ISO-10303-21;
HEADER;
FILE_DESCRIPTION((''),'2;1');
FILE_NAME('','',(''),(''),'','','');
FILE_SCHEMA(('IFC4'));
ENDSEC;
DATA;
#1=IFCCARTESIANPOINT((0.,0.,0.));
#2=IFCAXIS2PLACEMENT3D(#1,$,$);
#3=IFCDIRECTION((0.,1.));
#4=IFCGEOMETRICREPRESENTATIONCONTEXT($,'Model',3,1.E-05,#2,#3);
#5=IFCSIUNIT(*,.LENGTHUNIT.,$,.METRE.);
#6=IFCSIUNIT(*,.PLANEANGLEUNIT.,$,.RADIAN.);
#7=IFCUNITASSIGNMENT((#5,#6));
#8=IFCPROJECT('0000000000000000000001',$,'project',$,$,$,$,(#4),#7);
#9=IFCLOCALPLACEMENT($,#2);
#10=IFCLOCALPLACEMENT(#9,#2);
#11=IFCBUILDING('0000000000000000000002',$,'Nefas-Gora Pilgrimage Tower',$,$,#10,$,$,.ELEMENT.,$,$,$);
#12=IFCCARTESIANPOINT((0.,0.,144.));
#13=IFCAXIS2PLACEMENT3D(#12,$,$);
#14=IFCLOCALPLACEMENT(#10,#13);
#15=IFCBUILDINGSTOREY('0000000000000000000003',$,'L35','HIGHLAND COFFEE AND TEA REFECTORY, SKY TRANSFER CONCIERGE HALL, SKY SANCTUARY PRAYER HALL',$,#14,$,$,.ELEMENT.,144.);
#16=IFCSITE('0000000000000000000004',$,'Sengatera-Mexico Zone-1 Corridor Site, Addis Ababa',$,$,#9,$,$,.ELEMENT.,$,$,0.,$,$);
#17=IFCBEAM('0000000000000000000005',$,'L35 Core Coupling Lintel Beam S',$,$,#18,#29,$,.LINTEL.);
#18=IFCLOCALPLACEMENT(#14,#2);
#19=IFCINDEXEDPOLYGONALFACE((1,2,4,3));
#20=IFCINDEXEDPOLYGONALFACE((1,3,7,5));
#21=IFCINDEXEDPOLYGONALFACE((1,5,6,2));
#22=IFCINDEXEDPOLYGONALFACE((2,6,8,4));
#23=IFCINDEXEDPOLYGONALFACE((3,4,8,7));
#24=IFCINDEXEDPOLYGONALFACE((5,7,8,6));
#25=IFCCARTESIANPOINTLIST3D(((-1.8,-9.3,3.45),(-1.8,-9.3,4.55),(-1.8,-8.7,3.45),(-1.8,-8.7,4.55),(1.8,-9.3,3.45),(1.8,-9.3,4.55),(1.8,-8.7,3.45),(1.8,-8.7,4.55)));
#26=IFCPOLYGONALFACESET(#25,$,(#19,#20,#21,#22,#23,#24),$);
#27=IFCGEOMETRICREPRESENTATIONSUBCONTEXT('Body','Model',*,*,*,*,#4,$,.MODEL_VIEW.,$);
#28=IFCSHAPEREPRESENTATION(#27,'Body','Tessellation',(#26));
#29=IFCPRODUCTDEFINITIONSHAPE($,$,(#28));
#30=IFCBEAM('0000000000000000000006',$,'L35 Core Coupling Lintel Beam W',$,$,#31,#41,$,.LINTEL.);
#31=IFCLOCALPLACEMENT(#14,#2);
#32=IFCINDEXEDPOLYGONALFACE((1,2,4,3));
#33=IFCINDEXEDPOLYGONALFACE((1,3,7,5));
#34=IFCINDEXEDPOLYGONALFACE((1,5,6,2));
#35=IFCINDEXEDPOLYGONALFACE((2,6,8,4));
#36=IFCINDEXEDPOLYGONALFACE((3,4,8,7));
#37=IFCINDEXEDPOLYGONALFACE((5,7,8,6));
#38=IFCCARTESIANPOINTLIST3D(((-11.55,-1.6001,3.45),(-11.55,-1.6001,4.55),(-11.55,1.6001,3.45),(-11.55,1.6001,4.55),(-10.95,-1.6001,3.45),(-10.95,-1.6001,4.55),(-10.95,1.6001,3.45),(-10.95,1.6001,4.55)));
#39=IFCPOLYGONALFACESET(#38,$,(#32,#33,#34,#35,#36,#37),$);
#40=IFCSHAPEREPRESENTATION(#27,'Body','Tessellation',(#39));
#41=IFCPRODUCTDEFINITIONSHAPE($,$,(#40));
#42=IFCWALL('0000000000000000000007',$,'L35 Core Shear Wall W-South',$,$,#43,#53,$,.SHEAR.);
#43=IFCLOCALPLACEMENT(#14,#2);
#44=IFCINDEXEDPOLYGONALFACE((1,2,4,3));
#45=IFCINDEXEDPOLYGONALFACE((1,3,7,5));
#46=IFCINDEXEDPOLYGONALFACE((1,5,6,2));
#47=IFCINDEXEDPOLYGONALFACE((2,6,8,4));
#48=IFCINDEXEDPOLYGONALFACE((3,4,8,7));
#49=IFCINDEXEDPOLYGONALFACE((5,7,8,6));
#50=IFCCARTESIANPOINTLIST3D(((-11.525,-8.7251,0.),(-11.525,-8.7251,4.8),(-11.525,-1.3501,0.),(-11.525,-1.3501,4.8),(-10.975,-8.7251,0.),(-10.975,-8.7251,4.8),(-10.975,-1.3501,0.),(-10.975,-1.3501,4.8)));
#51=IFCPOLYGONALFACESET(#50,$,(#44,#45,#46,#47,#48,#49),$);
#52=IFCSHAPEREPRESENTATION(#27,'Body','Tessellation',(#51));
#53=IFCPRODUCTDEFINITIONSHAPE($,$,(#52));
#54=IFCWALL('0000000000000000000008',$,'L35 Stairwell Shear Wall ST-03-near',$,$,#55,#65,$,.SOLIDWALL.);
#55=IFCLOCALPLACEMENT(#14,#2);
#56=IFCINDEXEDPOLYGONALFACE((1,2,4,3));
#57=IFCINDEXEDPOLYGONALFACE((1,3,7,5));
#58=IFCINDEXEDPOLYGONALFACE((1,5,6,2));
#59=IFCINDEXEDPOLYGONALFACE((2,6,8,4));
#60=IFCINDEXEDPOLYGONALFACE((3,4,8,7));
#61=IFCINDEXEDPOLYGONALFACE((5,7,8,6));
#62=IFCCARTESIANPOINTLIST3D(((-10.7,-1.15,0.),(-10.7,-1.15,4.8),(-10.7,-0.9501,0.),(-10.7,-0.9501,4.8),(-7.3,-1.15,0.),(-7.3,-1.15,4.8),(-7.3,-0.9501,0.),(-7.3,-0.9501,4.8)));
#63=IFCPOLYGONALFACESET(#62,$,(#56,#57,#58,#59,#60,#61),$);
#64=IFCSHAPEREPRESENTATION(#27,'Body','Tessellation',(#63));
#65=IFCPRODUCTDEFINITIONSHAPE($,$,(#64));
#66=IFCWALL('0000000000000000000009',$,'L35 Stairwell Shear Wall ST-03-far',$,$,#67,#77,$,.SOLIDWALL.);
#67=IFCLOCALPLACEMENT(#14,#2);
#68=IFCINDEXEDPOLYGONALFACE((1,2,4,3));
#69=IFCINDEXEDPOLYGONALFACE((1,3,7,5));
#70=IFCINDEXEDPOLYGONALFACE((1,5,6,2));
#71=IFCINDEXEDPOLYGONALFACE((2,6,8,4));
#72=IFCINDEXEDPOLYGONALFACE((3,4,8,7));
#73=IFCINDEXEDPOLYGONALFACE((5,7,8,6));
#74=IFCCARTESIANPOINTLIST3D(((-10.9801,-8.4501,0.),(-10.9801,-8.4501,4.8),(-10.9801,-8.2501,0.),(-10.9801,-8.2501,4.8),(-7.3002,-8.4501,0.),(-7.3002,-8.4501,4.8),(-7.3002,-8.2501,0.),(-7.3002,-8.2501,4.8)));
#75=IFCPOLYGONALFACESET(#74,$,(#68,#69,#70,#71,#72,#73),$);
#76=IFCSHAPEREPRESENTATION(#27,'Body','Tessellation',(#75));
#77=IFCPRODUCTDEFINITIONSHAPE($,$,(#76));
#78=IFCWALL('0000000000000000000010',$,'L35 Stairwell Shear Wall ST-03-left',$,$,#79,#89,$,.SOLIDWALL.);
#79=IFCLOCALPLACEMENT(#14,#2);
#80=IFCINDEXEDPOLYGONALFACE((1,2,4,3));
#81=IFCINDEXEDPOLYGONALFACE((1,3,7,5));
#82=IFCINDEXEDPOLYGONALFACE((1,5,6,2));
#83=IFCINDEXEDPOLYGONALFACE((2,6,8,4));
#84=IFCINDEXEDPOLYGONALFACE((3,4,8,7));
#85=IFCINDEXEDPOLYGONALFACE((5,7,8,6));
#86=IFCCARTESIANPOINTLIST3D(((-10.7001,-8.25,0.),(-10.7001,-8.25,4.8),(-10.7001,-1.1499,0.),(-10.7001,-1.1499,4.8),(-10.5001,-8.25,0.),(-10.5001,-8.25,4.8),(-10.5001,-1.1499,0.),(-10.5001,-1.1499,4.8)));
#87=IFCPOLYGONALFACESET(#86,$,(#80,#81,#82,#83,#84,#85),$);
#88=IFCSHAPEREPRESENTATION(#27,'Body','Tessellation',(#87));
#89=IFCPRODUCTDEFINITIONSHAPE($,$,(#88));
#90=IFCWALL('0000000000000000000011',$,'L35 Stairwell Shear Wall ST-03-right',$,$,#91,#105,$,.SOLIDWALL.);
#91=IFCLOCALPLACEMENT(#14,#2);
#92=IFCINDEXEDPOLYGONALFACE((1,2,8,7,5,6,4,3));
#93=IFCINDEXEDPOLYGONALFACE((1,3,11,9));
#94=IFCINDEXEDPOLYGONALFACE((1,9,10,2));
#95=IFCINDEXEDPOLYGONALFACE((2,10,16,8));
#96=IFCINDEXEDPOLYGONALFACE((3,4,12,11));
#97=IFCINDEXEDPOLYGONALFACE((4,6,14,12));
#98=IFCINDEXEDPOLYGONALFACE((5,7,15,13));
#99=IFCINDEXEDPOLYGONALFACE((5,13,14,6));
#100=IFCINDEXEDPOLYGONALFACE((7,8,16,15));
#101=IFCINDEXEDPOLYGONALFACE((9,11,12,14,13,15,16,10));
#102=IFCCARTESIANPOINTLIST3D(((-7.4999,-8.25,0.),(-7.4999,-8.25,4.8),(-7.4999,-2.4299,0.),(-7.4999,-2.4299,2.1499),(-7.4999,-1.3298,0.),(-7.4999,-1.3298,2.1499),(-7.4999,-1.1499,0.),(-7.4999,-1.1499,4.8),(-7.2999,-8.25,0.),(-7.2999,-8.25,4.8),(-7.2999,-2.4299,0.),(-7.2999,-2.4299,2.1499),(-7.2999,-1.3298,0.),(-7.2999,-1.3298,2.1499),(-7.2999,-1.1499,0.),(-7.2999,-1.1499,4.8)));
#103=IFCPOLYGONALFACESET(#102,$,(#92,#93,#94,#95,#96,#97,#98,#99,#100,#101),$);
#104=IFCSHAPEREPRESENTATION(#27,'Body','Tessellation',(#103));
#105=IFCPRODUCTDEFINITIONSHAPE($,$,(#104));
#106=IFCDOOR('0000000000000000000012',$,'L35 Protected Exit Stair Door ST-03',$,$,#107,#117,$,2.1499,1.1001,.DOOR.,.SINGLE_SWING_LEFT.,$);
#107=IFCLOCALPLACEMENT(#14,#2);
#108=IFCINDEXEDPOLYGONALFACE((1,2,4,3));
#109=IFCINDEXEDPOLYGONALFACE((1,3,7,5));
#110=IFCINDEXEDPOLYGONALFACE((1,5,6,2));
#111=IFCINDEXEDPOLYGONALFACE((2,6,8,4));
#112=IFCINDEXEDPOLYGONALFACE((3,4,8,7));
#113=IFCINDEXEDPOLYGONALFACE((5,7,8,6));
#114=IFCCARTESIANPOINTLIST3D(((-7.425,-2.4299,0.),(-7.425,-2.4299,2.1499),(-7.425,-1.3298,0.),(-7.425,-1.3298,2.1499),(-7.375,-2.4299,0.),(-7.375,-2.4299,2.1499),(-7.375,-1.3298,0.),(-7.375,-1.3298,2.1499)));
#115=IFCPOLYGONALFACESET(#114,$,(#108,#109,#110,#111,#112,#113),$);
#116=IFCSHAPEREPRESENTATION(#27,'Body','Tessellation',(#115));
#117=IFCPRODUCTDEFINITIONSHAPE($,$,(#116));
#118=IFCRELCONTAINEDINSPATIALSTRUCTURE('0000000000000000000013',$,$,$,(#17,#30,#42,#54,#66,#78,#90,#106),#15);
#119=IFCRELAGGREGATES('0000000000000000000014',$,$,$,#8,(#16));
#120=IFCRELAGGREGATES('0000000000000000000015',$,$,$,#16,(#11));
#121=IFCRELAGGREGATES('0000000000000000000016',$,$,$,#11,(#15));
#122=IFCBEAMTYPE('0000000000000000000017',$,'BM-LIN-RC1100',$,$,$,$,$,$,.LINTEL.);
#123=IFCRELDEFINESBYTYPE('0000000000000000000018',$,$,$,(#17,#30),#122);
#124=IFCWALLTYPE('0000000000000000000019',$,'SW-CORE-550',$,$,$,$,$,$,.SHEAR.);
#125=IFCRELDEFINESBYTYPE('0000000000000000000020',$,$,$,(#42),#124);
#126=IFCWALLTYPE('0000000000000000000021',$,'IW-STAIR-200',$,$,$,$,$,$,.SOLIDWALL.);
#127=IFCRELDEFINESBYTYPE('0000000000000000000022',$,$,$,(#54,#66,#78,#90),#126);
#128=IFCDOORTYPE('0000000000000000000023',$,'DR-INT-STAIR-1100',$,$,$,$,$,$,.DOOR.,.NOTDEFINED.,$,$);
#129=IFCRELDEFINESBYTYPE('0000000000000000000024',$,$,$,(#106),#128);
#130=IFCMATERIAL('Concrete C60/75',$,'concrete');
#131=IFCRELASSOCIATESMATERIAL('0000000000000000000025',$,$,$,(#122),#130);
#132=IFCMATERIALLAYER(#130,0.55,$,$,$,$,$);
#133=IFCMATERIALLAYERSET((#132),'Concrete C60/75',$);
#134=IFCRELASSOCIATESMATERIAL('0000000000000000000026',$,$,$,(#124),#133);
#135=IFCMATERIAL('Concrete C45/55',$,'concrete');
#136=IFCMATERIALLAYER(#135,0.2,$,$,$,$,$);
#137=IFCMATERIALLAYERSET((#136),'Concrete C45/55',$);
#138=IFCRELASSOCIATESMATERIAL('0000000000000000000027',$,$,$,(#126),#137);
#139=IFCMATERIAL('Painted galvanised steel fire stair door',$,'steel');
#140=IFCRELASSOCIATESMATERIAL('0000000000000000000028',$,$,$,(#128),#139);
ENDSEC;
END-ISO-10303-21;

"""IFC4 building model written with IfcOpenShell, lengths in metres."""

from ifc_helpers import new_model, si_unit, direction, frame, frame_2d, origin, origin_2d, place, context, subcontext, project, spatial, rectangle, extrude, source, transform, mapped, material, layer, layer_set, material_profile, profile_set, type_object, element, fill, save


model = new_model("IFC4")

# Units and contexts
model_context = context("Model", 3, precision=1e-05, world=origin(), true_north=direction((0.0, 1.0)))
body_context = subcontext(model_context, "Body", "Model", "MODEL_VIEW")
ifc_project = project(units=[si_unit("LENGTHUNIT", "METRE"), si_unit("PLANEANGLEUNIT", "RADIAN")], contexts=[model_context])

# Site, building, storey
site_placement = place(None, origin())
site = spatial("IfcSite", under=ifc_project, at=site_placement, Name="Sengatera-Mexico Zone-1 Corridor Site, Addis Ababa", CompositionType="ELEMENT", RefElevation=0.0)
building_placement = place(site_placement, origin())
building = spatial("IfcBuilding", under=site, at=building_placement, Name="Nefas-Gora Pilgrimage Tower", CompositionType="ELEMENT")
storey_placement = place(building_placement, frame((0.0, 0.0, 144.0)))
storey = spatial("IfcBuildingStorey", under=building, at=storey_placement, Name="L35", Description="HIGHLAND COFFEE AND TEA REFECTORY, SKY TRANSFER CONCIERGE HALL, SKY SANCTUARY PRAYER HALL", CompositionType="ELEMENT", Elevation=144.0)

# Beams
ifc_material_1 = material(Name="Concrete C60/75", Category="concrete")
ifc_material_profile = material_profile(ifc_material_1, rectangle(XDim=0.6001, YDim=1.1001, at=origin_2d()), Name="RC 600x1100")
ifc_profile_set = profile_set([ifc_material_profile], Name="Concrete C60/75")
beam_type = type_object("IfcBeamType", Name="BM-LIN-RC1100", PredefinedType="LINTEL", material=ifc_profile_set)
shared_shape_1 = source(origin(), body_context, "Body", "SweptSolid", [
    extrude(rectangle(XDim=0.6001, YDim=1.1001, at=origin_2d()), origin(), (0.0, 0.0, 1.0), 3.6001),
])
beam_1_placement = place(storey_placement, frame((-1.8, -9.0, 4.0), z_axis=(1.0, 0.0, 0.0), x_axis=(0.0, 1.0, 0.0)))
element("IfcBeam", 1, at=beam_1_placement, inside=storey, type_object=beam_type, Name="L35 Core Coupling Lintel Beam S", PredefinedType="LINTEL", context=body_context, shape_type="MappedRepresentation", body=[
    mapped(shared_shape_1, transform((0.0, 0.0, 0.0), x_axis=(1.0, 0.0, 0.0), y_axis=(0.0, 1.0, 0.0), z_axis=(0.0, 0.0, 1.0), scale=1.0)),
])
shared_shape_2 = source(origin(), body_context, "Body", "SweptSolid", [
    extrude(rectangle(XDim=0.6001, YDim=1.1001, at=origin_2d()), origin(), (0.0, 0.0, 1.0), 3.2002),
])
beam_2_placement = place(storey_placement, frame((-11.25, -1.6001, 4.0), z_axis=(0.0, 1.0, 0.0), x_axis=(-1.0, 0.0, 0.0)))
element("IfcBeam", 2, at=beam_2_placement, inside=storey, type_object=beam_type, Name="L35 Core Coupling Lintel Beam W", PredefinedType="LINTEL", context=body_context, shape_type="MappedRepresentation", body=[
    mapped(shared_shape_2, transform((0.0, 0.0, 0.0), x_axis=(1.0, 0.0, 0.0), y_axis=(0.0, 1.0, 0.0), z_axis=(0.0, 0.0, 1.0), scale=1.0)),
])

# Walls
ifc_layer_1 = layer(ifc_material_1, 0.55)
ifc_layer_set_1 = layer_set([ifc_layer_1], Name="Concrete C60/75")
wall_type_1 = type_object("IfcWallType", Name="SW-CORE-550", PredefinedType="SHEAR", material=ifc_layer_set_1)
shared_shape_3 = source(origin(), body_context, "Body", "SweptSolid", [
    extrude(rectangle(XDim=7.375, YDim=0.55, at=frame_2d((3.6875, 0.0))), origin(), (0.0, 0.0, 1.0), 4.8),
])
wall_1_placement = place(storey_placement, frame((-11.25, -8.7251, 0.0), z_axis=(0.0, 0.0, 1.0), x_axis=(0.0, 1.0, 0.0)))
element("IfcWall", 3, at=wall_1_placement, inside=storey, type_object=wall_type_1, Name="L35 Core Shear Wall W-South", PredefinedType="SHEAR", context=body_context, shape_type="MappedRepresentation", body=[
    mapped(shared_shape_3, transform((0.0, 0.0, 0.0), x_axis=(1.0, 0.0, 0.0), y_axis=(0.0, 1.0, 0.0), z_axis=(0.0, 0.0, 1.0), scale=1.0)),
])
ifc_material_2 = material(Name="Concrete C45/55", Category="concrete")
ifc_layer_2 = layer(ifc_material_2, 0.2)
ifc_layer_set_2 = layer_set([ifc_layer_2], Name="Concrete C45/55")
wall_type_2 = type_object("IfcWallType", Name="IW-STAIR-200", PredefinedType="SOLIDWALL", material=ifc_layer_set_2)
shared_shape_4 = source(origin(), body_context, "Body", "SweptSolid", [
    extrude(rectangle(XDim=3.3999, YDim=0.2, at=frame_2d((1.7, 0.0))), origin(), (0.0, 0.0, 1.0), 4.8),
])
wall_2_placement = place(storey_placement, frame((-10.7, -1.05, 0.0), z_axis=(0.0, 0.0, 1.0), x_axis=(1.0, 0.0, 0.0)))
element("IfcWall", 4, at=wall_2_placement, inside=storey, type_object=wall_type_2, Name="L35 Stairwell Shear Wall ST-03-near", PredefinedType="SOLIDWALL", context=body_context, shape_type="MappedRepresentation", body=[
    mapped(shared_shape_4, transform((0.0, 0.0, 0.0), x_axis=(1.0, 0.0, 0.0), y_axis=(0.0, 1.0, 0.0), z_axis=(0.0, 0.0, 1.0), scale=1.0)),
])
shared_shape_5 = source(origin(), body_context, "Body", "SweptSolid", [
    extrude(rectangle(XDim=3.6799, YDim=0.2, at=frame_2d((1.8398, 0.0))), origin(), (0.0, 0.0, 1.0), 4.8),
])
wall_3_placement = place(storey_placement, frame((-10.98, -8.3501, 0.0), z_axis=(0.0, 0.0, 1.0), x_axis=(1.0, 0.0, 0.0)))
element("IfcWall", 5, at=wall_3_placement, inside=storey, type_object=wall_type_2, Name="L35 Stairwell Shear Wall ST-03-far", PredefinedType="SOLIDWALL", context=body_context, shape_type="MappedRepresentation", body=[
    mapped(shared_shape_5, transform((0.0, 0.0, 0.0), x_axis=(1.0, 0.0, 0.0), y_axis=(0.0, 1.0, 0.0), z_axis=(0.0, 0.0, 1.0), scale=1.0)),
])
shared_shape_6 = source(origin(), body_context, "Body", "SweptSolid", [
    extrude(rectangle(XDim=7.1001, YDim=0.2, at=frame_2d((3.55, 0.0))), origin(), (0.0, 0.0, 1.0), 4.8),
])
wall_4_placement = place(storey_placement, frame((-10.6001, -1.1499, 0.0), z_axis=(0.0, 0.0, 1.0), x_axis=(0.0, -1.0, 0.0)))
element("IfcWall", 6, at=wall_4_placement, inside=storey, type_object=wall_type_2, Name="L35 Stairwell Shear Wall ST-03-left", PredefinedType="SOLIDWALL", context=body_context, shape_type="MappedRepresentation", body=[
    mapped(shared_shape_6, transform((0.0, 0.0, 0.0), x_axis=(1.0, 0.0, 0.0), y_axis=(0.0, 1.0, 0.0), z_axis=(0.0, 0.0, 1.0), scale=1.0)),
])

# Wall, opening, door
wall_5_placement = place(storey_placement, frame((-7.3999, -1.1499, 0.0), z_axis=(0.0, 0.0, 1.0), x_axis=(0.0, -1.0, 0.0)))
wall_5 = element("IfcWall", 7, at=wall_5_placement, inside=storey, type_object=wall_type_2, Name="L35 Stairwell Shear Wall ST-03-right", PredefinedType="SOLIDWALL", context=body_context, shape_type="MappedRepresentation", body=[
    mapped(shared_shape_6, transform((0.0, 0.0, 0.0), x_axis=(1.0, 0.0, 0.0), y_axis=(0.0, 1.0, 0.0), z_axis=(0.0, 0.0, 1.0), scale=1.0)),
])
opening_1_placement = place(wall_5_placement, frame((0.1799, 0.0, 0.0)))
opening_1 = element("IfcOpeningElement", 8, at=opening_1_placement, cuts=wall_5, PredefinedType="OPENING", context=body_context, shape_type="SweptSolid", body=[
    extrude(rectangle(XDim=1.1001, YDim=2.1499, at=frame_2d((0.55, 1.075))), frame((0.0, 0.1099, 0.0), z_axis=(0.0, -1.0, 0.0), x_axis=(1.0, 0.0, 0.0)), (0.0, 0.0, 1.0), 0.22),
])
ifc_material_3 = material(Name="Painted galvanised steel fire stair door", Category="steel")
door_type_1 = type_object("IfcDoorType", Name="DR-INT-STAIR-1100", OperationType="NOTDEFINED", PredefinedType="DOOR", material=ifc_material_3)
shared_shape_7 = source(origin(), body_context, "Body", "SweptSolid", [
    extrude(rectangle(XDim=1.1001, YDim=2.1499, at=frame_2d((0.55, 1.075))), frame((0.0, 0.0249, 0.0), z_axis=(0.0, -1.0, 0.0), x_axis=(1.0, 0.0, 0.0)), (0.0, 0.0, 1.0), 0.05),
])
door_1_placement = place(opening_1_placement, origin())
door_1 = element("IfcDoor", 9, at=door_1_placement, inside=storey, type_object=door_type_1, Name="L35 Protected Exit Stair Door ST-03", OperationType="SINGLE_SWING_LEFT", OverallHeight=2.1499, OverallWidth=1.1001, PredefinedType="DOOR", context=body_context, shape_type="MappedRepresentation", body=[
    mapped(shared_shape_7, transform((0.0, 0.0, 0.0), x_axis=(1.0, 0.0, 0.0), y_axis=(0.0, 1.0, 0.0), z_axis=(0.0, 0.0, 1.0), scale=1.0)),
])
fill(opening_1, door_1)

save(model, "model.ifc")
